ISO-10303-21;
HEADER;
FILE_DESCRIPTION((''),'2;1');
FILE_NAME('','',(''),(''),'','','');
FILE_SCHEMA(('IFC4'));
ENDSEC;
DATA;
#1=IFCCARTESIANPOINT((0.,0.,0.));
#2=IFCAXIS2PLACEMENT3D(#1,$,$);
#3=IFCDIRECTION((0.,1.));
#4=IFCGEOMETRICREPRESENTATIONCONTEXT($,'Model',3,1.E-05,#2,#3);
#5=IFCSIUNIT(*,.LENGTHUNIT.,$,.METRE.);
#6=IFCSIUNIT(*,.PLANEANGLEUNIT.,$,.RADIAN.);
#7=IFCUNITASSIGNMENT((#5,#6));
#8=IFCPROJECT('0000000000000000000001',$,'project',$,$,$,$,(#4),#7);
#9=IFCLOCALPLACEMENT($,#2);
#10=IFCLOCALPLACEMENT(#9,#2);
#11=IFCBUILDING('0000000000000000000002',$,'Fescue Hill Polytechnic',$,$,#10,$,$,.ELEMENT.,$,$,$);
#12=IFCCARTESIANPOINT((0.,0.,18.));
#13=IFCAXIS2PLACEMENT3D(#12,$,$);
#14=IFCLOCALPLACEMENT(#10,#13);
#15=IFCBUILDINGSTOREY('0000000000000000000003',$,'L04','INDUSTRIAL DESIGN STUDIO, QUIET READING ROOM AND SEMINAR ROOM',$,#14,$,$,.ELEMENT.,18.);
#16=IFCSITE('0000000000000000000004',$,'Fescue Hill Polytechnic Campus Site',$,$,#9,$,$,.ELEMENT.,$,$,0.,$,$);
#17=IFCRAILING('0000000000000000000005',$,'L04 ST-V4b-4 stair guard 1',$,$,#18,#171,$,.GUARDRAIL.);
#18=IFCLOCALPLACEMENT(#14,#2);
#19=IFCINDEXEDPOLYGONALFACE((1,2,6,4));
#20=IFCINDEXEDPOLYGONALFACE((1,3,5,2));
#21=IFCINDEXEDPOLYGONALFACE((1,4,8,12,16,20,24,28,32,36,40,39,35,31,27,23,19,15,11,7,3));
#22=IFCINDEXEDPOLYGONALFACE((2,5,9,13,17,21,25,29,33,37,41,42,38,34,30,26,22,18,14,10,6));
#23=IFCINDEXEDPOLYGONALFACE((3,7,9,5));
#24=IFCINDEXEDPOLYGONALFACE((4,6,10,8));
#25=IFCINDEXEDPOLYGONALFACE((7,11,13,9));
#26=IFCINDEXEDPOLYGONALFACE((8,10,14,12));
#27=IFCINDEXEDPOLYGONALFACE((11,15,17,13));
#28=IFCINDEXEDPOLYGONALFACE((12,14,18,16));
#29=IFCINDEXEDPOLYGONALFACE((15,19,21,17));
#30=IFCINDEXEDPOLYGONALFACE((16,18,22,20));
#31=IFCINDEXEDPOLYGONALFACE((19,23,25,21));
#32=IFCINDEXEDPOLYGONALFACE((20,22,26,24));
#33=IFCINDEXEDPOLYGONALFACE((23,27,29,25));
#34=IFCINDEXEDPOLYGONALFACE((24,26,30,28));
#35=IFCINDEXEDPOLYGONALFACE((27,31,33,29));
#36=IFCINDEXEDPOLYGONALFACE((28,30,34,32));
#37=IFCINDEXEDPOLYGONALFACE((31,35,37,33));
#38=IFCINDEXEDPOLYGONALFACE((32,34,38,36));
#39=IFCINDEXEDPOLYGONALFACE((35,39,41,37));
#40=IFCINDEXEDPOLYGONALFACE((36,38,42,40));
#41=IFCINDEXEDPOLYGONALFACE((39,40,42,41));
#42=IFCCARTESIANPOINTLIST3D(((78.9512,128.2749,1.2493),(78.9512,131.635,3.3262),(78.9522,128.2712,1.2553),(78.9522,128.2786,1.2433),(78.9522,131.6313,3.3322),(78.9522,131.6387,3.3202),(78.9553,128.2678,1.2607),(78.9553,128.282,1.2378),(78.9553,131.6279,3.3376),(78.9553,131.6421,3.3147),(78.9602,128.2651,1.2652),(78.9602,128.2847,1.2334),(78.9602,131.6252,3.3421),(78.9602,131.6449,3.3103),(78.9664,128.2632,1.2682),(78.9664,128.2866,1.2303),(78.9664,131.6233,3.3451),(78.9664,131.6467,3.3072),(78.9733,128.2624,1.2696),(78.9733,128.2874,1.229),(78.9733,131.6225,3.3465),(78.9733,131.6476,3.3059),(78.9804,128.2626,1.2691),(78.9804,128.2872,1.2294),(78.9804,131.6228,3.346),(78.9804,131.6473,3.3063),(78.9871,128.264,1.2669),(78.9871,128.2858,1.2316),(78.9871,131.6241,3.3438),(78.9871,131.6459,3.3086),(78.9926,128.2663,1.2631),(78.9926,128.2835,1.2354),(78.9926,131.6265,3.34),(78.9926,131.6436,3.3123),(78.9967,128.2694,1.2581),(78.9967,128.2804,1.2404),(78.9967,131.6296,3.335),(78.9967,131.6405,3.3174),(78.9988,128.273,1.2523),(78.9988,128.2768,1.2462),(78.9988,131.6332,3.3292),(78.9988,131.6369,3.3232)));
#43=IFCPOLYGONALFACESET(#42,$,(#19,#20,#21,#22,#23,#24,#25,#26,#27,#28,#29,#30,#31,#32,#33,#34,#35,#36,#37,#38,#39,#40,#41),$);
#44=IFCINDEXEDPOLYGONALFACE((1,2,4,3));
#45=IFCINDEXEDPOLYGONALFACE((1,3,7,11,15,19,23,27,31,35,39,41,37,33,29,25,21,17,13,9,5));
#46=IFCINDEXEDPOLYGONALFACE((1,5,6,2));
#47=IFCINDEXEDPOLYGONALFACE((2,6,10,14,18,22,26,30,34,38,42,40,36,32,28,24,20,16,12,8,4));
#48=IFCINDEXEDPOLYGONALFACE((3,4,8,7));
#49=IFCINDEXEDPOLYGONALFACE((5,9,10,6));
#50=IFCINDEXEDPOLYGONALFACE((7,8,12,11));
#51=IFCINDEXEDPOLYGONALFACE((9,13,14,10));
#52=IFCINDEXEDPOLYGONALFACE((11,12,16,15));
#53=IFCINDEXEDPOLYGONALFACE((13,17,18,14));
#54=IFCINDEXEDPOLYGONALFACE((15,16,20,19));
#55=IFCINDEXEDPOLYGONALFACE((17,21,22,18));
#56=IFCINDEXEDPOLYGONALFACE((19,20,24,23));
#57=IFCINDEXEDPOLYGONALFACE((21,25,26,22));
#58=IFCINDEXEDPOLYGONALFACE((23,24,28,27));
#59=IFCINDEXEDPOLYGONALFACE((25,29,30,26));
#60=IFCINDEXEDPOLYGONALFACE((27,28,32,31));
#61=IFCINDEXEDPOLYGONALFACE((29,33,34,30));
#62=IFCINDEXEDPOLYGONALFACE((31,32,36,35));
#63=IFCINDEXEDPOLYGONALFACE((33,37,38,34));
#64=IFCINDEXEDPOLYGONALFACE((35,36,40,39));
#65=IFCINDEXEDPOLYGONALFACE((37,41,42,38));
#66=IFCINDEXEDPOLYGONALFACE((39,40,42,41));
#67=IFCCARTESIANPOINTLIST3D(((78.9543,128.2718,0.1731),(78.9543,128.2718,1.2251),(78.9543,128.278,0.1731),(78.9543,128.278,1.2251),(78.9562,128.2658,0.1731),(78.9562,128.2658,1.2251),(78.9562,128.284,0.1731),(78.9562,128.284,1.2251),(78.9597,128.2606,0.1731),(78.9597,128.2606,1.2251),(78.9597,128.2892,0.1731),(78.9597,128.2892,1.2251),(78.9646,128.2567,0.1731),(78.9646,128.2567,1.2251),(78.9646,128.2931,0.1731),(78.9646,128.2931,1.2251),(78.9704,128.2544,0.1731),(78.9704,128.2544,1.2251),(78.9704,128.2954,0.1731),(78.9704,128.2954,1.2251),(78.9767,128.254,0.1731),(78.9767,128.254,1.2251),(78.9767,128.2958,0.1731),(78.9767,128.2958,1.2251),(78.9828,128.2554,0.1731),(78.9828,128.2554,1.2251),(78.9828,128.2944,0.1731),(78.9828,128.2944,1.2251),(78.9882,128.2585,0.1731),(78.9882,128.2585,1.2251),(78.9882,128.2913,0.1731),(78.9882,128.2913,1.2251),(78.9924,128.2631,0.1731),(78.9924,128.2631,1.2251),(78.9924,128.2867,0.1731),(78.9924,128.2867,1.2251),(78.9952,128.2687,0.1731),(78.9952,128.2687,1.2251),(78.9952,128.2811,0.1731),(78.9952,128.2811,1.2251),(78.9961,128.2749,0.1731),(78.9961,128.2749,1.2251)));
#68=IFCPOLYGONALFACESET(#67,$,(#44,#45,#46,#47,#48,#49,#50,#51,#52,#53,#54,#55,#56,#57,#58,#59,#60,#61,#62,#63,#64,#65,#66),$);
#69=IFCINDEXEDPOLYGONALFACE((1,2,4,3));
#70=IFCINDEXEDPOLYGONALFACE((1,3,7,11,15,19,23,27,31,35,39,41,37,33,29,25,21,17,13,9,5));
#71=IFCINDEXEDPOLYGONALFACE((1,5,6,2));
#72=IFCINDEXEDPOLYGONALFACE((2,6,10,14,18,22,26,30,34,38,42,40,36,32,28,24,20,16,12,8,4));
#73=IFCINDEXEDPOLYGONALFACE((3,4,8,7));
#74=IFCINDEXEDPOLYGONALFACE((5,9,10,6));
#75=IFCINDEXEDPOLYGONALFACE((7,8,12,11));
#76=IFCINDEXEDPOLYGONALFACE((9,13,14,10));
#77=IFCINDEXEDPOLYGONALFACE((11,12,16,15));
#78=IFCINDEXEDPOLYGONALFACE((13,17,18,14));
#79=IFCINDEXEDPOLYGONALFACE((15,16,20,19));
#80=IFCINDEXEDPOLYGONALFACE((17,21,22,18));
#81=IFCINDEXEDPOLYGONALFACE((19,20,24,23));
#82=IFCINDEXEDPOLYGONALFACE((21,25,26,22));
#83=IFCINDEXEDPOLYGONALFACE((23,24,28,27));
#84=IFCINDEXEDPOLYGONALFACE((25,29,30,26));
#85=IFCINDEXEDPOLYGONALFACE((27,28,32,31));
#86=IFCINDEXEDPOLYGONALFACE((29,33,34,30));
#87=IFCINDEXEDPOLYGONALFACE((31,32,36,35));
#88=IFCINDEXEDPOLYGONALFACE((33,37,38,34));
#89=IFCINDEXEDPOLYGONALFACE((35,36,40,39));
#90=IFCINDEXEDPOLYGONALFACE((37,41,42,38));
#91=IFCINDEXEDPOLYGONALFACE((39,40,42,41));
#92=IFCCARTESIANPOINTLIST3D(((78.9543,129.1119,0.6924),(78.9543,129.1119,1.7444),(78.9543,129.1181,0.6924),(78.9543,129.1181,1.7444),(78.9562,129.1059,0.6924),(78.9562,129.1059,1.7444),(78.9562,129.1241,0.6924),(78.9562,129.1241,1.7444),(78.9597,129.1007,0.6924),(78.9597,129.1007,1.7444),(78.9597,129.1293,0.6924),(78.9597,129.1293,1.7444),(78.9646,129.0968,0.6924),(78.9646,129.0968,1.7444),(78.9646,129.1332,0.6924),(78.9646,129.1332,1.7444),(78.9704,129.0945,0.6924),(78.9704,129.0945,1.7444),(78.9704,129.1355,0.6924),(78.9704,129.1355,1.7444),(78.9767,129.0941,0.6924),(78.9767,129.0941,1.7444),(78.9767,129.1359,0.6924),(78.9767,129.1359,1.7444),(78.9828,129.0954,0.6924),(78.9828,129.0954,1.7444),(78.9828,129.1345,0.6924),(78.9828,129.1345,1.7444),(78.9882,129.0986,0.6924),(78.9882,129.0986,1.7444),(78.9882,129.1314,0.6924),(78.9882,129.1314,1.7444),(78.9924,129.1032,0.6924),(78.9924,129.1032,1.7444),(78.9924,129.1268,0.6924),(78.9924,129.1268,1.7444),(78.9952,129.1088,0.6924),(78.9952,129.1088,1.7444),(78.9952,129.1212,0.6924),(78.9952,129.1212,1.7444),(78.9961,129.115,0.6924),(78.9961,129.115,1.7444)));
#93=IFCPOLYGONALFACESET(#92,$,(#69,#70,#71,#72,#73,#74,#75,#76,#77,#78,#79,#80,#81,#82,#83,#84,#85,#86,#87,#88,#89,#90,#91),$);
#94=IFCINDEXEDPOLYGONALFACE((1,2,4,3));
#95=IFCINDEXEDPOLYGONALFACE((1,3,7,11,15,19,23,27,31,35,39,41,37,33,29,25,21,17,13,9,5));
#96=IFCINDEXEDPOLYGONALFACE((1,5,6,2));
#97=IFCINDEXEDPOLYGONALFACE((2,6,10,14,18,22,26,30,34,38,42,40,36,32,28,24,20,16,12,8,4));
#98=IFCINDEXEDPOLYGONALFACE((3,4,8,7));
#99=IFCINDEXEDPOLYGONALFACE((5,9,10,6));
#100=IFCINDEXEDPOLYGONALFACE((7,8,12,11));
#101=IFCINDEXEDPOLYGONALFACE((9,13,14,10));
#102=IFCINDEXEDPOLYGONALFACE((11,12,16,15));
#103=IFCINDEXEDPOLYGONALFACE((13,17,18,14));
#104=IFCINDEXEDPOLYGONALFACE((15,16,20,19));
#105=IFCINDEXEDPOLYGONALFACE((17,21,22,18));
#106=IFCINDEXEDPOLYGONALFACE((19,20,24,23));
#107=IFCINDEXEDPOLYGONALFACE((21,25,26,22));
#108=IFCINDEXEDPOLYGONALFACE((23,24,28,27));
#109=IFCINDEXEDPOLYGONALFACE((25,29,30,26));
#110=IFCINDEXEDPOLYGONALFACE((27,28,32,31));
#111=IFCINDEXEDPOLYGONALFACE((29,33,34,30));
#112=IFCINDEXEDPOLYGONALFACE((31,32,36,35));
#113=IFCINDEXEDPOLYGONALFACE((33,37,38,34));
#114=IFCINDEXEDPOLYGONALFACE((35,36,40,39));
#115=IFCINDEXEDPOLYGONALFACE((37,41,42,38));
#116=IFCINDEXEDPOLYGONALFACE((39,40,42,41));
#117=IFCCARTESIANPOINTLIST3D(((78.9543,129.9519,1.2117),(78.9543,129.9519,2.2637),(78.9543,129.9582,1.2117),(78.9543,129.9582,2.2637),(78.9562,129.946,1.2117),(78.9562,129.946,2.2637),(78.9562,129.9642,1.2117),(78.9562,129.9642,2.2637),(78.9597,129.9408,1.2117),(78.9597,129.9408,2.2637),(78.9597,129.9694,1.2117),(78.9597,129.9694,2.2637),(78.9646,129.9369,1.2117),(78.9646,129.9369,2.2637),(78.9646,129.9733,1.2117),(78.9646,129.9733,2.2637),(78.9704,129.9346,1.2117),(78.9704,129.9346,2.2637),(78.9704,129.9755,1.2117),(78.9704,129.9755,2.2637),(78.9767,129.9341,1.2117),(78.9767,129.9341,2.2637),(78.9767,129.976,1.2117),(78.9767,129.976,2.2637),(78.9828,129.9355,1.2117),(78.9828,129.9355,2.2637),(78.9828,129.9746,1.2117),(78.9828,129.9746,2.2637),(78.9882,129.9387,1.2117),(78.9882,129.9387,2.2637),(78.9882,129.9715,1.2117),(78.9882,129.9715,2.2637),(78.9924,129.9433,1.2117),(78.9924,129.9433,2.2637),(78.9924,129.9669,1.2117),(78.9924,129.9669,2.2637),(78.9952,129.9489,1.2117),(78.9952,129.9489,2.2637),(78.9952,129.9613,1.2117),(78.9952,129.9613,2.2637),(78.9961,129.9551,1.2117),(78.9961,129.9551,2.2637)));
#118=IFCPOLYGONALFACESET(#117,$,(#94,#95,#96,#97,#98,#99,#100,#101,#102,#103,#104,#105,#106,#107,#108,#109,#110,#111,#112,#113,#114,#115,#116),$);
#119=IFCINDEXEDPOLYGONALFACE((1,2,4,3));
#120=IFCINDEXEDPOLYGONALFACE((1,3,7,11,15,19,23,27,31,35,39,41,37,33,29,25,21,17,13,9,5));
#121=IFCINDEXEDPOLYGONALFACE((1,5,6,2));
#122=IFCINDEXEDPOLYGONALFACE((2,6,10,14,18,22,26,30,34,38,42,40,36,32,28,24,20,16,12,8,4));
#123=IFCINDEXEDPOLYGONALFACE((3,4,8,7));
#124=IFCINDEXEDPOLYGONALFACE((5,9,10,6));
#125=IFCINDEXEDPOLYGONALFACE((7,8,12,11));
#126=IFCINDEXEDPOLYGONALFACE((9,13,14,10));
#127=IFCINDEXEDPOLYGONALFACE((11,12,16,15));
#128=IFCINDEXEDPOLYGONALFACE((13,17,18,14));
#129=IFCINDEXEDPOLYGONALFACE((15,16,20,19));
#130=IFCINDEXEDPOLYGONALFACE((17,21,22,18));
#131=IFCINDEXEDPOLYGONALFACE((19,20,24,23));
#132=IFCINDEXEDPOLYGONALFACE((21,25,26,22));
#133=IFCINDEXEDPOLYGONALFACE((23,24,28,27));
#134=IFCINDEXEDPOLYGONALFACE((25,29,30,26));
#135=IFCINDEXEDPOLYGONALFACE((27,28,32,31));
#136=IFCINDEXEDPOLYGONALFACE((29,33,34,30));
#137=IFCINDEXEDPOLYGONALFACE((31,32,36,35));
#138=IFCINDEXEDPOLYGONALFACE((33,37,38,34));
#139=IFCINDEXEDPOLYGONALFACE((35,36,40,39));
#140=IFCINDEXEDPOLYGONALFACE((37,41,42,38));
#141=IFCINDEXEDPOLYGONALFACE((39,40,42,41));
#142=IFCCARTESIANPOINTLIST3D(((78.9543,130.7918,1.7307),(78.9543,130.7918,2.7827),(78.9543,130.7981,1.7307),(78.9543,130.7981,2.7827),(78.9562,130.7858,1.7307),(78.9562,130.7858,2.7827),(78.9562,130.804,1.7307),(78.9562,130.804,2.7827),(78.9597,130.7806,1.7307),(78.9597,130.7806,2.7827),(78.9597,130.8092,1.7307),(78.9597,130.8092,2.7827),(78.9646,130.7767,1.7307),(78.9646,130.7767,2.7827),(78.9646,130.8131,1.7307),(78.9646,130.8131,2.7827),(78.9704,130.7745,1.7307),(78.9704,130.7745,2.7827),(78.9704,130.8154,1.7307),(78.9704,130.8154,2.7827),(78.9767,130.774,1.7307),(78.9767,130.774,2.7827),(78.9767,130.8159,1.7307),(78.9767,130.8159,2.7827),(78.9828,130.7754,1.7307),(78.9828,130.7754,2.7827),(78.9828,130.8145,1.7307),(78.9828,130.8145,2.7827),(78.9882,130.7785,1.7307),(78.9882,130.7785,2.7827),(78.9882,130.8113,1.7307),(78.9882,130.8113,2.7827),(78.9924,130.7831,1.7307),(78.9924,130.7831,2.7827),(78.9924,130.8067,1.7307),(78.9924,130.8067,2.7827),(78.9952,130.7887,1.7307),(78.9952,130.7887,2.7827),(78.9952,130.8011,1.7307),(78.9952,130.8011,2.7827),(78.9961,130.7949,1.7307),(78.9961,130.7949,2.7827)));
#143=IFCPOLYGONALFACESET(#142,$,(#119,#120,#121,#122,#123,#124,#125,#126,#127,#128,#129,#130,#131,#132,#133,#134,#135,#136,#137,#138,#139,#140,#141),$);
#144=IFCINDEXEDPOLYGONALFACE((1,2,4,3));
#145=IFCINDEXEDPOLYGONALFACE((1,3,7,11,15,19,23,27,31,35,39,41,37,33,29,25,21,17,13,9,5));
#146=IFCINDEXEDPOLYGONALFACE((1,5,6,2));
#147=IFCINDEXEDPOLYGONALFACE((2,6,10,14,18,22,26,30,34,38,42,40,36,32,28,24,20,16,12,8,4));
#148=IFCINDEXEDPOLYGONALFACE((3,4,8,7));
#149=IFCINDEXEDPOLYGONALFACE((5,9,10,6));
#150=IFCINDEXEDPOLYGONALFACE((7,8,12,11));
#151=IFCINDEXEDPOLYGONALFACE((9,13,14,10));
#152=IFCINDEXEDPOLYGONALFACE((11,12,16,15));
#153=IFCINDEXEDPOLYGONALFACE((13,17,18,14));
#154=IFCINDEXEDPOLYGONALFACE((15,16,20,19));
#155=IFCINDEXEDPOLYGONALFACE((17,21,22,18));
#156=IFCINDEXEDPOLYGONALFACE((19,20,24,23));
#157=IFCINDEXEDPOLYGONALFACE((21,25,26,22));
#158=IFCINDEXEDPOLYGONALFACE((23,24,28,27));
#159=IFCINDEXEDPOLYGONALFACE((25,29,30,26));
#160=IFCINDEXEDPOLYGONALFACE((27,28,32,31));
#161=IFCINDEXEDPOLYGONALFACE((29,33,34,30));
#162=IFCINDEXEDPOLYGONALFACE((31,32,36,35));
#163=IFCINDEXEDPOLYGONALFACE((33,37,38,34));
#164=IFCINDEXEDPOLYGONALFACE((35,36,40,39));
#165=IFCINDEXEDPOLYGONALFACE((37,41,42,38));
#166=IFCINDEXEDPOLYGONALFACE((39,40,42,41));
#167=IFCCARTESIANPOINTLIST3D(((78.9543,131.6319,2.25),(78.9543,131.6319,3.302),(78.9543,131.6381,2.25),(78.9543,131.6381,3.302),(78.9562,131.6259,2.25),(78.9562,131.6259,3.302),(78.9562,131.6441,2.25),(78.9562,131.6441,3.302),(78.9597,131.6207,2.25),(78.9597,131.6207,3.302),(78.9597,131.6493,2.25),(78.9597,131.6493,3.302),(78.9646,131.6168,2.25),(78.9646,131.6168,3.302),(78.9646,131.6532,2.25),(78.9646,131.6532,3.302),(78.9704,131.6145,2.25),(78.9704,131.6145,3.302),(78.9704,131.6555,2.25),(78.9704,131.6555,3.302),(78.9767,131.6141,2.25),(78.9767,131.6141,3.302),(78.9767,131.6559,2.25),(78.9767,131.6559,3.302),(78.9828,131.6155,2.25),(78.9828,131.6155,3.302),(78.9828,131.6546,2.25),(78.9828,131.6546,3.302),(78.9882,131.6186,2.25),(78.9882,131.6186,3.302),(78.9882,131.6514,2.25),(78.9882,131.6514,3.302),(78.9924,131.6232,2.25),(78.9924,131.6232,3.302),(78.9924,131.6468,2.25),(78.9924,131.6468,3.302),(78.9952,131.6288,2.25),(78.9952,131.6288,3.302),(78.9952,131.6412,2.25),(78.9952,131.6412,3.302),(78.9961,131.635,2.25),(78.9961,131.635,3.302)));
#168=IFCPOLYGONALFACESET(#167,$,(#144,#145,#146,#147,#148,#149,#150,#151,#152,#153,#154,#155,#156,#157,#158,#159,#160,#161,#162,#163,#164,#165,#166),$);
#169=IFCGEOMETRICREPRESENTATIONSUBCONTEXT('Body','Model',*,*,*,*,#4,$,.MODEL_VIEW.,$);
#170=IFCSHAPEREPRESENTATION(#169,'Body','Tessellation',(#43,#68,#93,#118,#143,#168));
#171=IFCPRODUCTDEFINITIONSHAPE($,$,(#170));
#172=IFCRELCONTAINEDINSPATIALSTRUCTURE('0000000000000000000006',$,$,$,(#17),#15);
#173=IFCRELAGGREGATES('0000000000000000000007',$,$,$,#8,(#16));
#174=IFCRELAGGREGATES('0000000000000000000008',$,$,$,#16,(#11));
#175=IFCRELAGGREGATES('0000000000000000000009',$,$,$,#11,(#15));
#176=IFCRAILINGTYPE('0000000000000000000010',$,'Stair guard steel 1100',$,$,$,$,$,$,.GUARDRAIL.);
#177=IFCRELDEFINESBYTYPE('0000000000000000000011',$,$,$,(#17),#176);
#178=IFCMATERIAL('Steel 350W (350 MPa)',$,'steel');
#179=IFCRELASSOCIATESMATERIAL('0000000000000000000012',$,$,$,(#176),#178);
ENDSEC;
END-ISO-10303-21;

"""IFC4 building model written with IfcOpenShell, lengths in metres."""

from ifc_helpers import new_model, si_unit, direction, frame, origin, origin_2d, place, context, subcontext, project, spatial, circle, extrude, material, type_object, element, save


model = new_model("IFC4")

# Units and contexts
model_context = context("Model", 3, precision=1e-05, world=origin(), true_north=direction((0.0, 1.0)))
body_context = subcontext(model_context, "Body", "Model", "MODEL_VIEW")
ifc_project = project(units=[si_unit("LENGTHUNIT", "METRE"), si_unit("PLANEANGLEUNIT", "RADIAN")], contexts=[model_context])

# Site, building, storey
site_placement = place(None, origin())
site = spatial("IfcSite", under=ifc_project, at=site_placement, Name="Fescue Hill Polytechnic Campus Site", CompositionType="ELEMENT", RefElevation=0.0)
building_placement = place(site_placement, origin())
building = spatial("IfcBuilding", under=site, at=building_placement, Name="Fescue Hill Polytechnic", CompositionType="ELEMENT")
storey_placement = place(building_placement, frame((0.0, 0.0, 18.0)))
storey = spatial("IfcBuildingStorey", under=building, at=storey_placement, Name="L04", Description="INDUSTRIAL DESIGN STUDIO, QUIET READING ROOM AND SEMINAR ROOM", CompositionType="ELEMENT", Elevation=18.0)

# Railing
ifc_material_1 = material(Name="Steel 350W (350 MPa)", Category="steel")
railing_type_1 = type_object("IfcRailingType", Name="Stair guard steel 1100", PredefinedType="GUARDRAIL", material=ifc_material_1)
railing_1_placement = place(storey_placement, frame((78.9751, 128.2749, 0.1731)))
element("IfcRailing", 1, at=railing_1_placement, inside=storey, type_object=railing_type_1, Name="L04 ST-V4b-4 stair guard 1", PredefinedType="GUARDRAIL", context=body_context, shape_type="SweptSolid", body=[
    extrude(circle(Radius=0.0239, at=origin_2d()), frame((0.0, 0.0, 1.0762), z_axis=(0.0, 0.850623, 0.525776), x_axis=(-1.0, 0.0, 0.0)), (0.0, 0.0, 1.0), 3.9502),
    extrude(circle(Radius=0.021, at=origin_2d()), origin(), (0.0, 0.0, 1.0), 1.052),
    extrude(circle(Radius=0.021, at=origin_2d()), frame((0.0, 0.8401, 0.5193)), (0.0, 0.0, 1.0), 1.052),
    extrude(circle(Radius=0.021, at=origin_2d()), frame((0.0, 1.6802, 1.0386)), (0.0, 0.0, 1.0), 1.052),
    extrude(circle(Radius=0.021, at=origin_2d()), frame((0.0, 2.52, 1.5576)), (0.0, 0.0, 1.0), 1.052),
    extrude(circle(Radius=0.021, at=origin_2d()), frame((0.0, 3.3601, 2.0769)), (0.0, 0.0, 1.0), 1.052),
])

save(model, "model.ifc")
